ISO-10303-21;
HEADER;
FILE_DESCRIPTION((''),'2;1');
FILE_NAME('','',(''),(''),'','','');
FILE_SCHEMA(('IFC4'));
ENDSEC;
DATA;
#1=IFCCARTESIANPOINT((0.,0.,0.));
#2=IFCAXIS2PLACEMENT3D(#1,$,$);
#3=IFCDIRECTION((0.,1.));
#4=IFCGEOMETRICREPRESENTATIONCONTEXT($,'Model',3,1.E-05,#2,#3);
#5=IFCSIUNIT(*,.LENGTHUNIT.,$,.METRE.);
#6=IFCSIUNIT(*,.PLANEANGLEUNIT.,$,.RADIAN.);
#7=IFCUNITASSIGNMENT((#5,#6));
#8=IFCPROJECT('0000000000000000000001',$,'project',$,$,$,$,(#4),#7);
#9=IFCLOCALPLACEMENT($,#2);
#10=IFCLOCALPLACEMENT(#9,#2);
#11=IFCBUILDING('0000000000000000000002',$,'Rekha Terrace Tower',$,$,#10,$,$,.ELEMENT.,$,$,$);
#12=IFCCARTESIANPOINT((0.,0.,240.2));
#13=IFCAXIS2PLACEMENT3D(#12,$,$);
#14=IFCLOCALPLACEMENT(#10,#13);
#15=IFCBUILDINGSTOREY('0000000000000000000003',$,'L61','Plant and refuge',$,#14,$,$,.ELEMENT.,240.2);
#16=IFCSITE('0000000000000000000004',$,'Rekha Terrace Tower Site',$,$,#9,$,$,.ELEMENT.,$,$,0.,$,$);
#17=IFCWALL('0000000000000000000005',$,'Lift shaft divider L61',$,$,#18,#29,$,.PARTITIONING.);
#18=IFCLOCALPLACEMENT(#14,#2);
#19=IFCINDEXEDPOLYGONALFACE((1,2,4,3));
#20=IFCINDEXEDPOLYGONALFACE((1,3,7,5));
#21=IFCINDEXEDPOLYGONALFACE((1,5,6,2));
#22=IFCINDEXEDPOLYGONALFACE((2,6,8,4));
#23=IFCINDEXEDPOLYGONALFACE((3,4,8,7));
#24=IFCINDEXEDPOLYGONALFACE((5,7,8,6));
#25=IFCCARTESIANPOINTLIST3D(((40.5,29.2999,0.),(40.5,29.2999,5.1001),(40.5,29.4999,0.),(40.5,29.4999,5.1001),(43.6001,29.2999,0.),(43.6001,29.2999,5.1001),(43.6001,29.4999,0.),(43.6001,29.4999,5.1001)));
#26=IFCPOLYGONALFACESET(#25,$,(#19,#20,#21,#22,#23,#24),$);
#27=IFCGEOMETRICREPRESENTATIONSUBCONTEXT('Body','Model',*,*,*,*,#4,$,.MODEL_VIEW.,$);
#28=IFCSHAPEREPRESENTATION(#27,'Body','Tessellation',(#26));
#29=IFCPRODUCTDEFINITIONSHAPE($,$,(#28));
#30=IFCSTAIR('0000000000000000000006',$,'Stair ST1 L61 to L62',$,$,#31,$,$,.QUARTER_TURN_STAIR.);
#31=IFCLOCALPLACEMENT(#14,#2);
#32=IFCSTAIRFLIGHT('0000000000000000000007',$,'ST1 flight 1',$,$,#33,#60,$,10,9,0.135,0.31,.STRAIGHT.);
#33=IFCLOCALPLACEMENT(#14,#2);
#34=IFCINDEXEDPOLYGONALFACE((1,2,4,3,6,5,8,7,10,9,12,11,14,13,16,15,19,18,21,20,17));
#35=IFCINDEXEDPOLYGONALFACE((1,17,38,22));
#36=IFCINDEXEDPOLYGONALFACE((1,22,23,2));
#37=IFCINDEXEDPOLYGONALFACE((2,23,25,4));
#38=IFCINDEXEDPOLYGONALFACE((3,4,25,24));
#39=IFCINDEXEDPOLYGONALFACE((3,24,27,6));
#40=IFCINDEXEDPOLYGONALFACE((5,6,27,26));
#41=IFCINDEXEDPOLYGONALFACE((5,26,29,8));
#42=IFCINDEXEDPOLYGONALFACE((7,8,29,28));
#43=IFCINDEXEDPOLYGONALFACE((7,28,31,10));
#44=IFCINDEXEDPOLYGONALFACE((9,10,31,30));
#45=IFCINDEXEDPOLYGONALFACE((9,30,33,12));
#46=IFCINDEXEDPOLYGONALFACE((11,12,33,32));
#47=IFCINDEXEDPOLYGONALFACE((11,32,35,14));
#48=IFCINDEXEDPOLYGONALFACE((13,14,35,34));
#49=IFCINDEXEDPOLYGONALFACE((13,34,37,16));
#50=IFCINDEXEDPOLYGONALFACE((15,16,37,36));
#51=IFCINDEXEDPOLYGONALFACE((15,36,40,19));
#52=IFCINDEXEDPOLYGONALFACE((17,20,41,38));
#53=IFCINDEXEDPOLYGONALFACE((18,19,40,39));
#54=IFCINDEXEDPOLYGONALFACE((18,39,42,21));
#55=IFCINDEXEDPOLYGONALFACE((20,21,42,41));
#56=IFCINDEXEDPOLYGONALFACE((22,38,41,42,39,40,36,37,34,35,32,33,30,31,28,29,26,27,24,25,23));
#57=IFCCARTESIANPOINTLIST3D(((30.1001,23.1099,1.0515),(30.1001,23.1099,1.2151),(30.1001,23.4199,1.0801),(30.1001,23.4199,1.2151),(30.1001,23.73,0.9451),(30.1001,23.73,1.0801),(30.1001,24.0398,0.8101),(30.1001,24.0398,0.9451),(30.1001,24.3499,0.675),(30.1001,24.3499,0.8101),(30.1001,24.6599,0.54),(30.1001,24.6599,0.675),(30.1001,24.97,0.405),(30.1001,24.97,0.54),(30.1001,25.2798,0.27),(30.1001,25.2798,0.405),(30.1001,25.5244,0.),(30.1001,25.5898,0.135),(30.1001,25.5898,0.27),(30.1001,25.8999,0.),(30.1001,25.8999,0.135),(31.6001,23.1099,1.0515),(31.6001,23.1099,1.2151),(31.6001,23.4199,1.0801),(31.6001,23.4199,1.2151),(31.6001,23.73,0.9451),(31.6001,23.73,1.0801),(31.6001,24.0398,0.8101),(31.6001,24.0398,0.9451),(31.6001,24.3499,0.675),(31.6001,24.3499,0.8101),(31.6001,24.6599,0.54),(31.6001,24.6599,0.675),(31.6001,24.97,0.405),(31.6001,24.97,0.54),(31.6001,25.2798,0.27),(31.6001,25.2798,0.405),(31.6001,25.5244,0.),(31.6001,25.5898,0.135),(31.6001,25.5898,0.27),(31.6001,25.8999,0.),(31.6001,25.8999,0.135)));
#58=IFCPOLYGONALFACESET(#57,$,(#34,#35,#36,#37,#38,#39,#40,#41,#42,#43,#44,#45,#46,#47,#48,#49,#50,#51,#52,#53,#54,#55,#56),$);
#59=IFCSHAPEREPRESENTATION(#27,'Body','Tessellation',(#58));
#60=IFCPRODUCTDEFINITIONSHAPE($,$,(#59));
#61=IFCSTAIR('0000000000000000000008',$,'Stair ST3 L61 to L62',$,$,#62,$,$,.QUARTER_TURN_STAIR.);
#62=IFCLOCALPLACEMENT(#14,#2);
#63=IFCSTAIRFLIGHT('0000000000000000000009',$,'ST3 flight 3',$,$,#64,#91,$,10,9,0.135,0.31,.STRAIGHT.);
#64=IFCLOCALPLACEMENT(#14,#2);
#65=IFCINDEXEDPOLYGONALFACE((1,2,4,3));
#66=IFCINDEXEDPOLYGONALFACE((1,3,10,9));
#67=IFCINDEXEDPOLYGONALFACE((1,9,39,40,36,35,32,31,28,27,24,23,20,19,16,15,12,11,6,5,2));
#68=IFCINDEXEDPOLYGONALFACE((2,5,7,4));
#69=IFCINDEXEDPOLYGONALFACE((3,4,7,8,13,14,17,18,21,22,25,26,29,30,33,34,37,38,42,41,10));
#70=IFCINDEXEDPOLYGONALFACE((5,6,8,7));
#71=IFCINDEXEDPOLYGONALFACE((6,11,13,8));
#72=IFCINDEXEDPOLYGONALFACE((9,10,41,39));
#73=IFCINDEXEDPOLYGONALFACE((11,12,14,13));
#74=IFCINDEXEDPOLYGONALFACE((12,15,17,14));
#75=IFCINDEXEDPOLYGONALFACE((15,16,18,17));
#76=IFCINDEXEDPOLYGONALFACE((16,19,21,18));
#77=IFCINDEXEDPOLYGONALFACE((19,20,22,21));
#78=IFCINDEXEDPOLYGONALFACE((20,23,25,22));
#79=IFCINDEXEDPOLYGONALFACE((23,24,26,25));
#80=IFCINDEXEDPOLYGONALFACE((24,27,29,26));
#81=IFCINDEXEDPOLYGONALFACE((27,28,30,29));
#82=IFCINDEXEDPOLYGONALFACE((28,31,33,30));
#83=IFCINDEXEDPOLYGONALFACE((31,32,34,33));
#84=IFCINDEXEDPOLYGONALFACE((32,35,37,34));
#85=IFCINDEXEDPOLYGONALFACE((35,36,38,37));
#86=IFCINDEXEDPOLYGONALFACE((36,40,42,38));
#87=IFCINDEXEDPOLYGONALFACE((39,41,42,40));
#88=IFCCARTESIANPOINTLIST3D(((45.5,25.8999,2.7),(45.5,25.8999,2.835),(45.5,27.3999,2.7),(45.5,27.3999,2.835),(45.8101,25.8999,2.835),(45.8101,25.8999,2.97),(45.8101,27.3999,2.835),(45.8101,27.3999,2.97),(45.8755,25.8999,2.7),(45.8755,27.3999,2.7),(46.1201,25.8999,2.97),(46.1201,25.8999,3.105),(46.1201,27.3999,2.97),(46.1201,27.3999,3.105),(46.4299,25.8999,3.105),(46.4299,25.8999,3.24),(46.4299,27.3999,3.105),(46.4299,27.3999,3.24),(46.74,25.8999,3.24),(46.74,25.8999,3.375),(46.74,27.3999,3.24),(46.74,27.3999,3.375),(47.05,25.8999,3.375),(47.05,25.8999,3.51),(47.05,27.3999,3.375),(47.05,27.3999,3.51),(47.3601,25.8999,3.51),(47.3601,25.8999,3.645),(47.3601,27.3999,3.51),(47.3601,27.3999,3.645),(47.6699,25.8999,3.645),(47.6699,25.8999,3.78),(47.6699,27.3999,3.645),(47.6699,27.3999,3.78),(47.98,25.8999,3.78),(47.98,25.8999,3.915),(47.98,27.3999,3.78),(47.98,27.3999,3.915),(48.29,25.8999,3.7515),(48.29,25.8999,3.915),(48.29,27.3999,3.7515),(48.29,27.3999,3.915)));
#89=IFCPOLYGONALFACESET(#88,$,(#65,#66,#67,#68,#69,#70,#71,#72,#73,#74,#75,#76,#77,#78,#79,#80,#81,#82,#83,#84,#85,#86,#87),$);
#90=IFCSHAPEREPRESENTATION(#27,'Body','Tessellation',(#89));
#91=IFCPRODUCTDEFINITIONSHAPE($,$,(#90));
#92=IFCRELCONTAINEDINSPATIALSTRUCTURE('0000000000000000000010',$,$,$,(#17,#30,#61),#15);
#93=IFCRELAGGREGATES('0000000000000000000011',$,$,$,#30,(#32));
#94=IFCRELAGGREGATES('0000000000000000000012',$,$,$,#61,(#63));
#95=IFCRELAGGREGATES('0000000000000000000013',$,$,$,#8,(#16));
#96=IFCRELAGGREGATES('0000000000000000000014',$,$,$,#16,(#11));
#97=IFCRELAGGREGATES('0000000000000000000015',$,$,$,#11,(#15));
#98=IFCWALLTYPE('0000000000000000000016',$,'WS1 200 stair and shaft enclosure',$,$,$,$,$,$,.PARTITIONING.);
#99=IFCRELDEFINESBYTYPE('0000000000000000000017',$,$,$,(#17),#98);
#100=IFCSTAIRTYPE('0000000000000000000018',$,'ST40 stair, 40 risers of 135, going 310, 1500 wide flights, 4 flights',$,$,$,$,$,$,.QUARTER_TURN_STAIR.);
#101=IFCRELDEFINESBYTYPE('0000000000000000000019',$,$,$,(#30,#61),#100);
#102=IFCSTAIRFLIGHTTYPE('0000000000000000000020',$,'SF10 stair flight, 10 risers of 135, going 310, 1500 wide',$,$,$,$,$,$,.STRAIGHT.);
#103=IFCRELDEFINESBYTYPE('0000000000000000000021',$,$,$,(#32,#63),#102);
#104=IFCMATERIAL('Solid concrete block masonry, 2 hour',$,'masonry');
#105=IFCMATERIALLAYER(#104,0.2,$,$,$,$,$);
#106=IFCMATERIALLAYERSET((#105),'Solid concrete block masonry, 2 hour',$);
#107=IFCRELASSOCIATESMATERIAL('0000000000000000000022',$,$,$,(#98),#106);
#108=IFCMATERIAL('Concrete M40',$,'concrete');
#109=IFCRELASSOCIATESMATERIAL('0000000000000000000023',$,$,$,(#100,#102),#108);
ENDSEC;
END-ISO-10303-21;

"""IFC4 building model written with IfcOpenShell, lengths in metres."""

from ifc_helpers import new_model, si_unit, direction, frame, frame_2d, origin, place, context, subcontext, project, spatial, polyline, rectangle, outline, extrude, material, layer, layer_set, type_object, element, aggregate, save


model = new_model("IFC4")

# Units and contexts
model_context = context("Model", 3, precision=1e-05, world=origin(), true_north=direction((0.0, 1.0)))
body_context = subcontext(model_context, "Body", "Model", "MODEL_VIEW")
ifc_project = project(units=[si_unit("LENGTHUNIT", "METRE"), si_unit("PLANEANGLEUNIT", "RADIAN")], contexts=[model_context])

# Site, building, storey
site_placement = place(None, origin())
site = spatial("IfcSite", under=ifc_project, at=site_placement, Name="Rekha Terrace Tower Site", CompositionType="ELEMENT", RefElevation=0.0)
building_placement = place(site_placement, origin())
building = spatial("IfcBuilding", under=site, at=building_placement, Name="Rekha Terrace Tower", CompositionType="ELEMENT")
storey_placement = place(building_placement, frame((0.0, 0.0, 240.2)))
storey = spatial("IfcBuildingStorey", under=building, at=storey_placement, Name="L61", Description="Plant and refuge", CompositionType="ELEMENT", Elevation=240.2)

# Wall
ifc_material_1 = material(Name="Solid concrete block masonry, 2 hour", Category="masonry")
ifc_layer_1 = layer(ifc_material_1, 0.2)
ifc_layer_set_1 = layer_set([ifc_layer_1], Name="Solid concrete block masonry, 2 hour")
wall_type_1 = type_object("IfcWallType", Name="WS1 200 stair and shaft enclosure", PredefinedType="PARTITIONING", material=ifc_layer_set_1)
for number, where, z_axis, x_axis, name in (
    (1, (40.5, 29.3999, 0.0), (0.0, 0.0, 1.0), (1.0, 0.0, 0.0), "Lift shaft divider L61"),
):
    element("IfcWall", number, at=place(storey_placement, frame(where, z_axis=z_axis, x_axis=x_axis)), inside=storey, type_object=wall_type_1, Name=name, PredefinedType="PARTITIONING", context=body_context, shape_type="SweptSolid", body=[
        extrude(rectangle(XDim=3.1001, YDim=0.2, at=frame_2d((1.55, 0.0))), origin(), (0.0, 0.0, 1.0), 5.1001),
    ])

# Stairs, stair flights
ifc_material_2 = material(Name="Concrete M40", Category="concrete")
stair_type = type_object("IfcStairType", Name="ST40 stair, 40 risers of 135, going 310, 1500 wide flights, 4 flights", PredefinedType="QUARTER_TURN_STAIR", material=ifc_material_2)
stair_1_placement = place(storey_placement, origin())
stair_1 = element("IfcStair", 2, at=stair_1_placement, inside=storey, type_object=stair_type, Name="Stair ST1 L61 to L62", PredefinedType="QUARTER_TURN_STAIR")
stair_flight_type = type_object("IfcStairFlightType", Name="SF10 stair flight, 10 risers of 135, going 310, 1500 wide", PredefinedType="STRAIGHT", material=ifc_material_2)
stair_flight_1_placement = place(storey_placement, frame((30.8501, 25.8999, 0.0), z_axis=(0.0, 0.0, 1.0), x_axis=(0.0, -1.0, 0.0)))
stair_flight_1 = element("IfcStairFlight", 3, at=stair_flight_1_placement, type_object=stair_flight_type, Name="ST1 flight 1", NumberOfRisers=10, NumberOfTreads=9, PredefinedType="STRAIGHT", RiserHeight=0.135, TreadLength=0.31, context=body_context, shape_type="SweptSolid", body=[
    extrude(outline(polyline([(0.0, 0.0), (0.0, 0.135), (0.3101, 0.135), (0.3101, 0.27), (0.6201, 0.27), (0.6201, 0.405), (0.9299, 0.405), (0.9299, 0.54), (1.24, 0.54), (1.24, 0.675), (1.55, 0.675), (1.55, 0.8101), (1.8601, 0.8101), (1.8601, 0.9451), (2.1699, 0.9451), (2.1699, 1.0801), (2.48, 1.0801), (2.48, 1.2151), (2.79, 1.2151), (2.79, 1.3501), (2.79, 1.0515), (0.3755, 0.0), (0.0, 0.0)])), frame((0.0, 0.75, 0.0), z_axis=(0.0, -1.0, 0.0), x_axis=(1.0, 0.0, 0.0)), (0.0, 0.0, 1.0), 1.5),
])
aggregate(stair_1, [stair_flight_1])
stair_2_placement = place(storey_placement, origin())
stair_2 = element("IfcStair", 4, at=stair_2_placement, inside=storey, type_object=stair_type, Name="Stair ST3 L61 to L62", PredefinedType="QUARTER_TURN_STAIR")
stair_flight_2_placement = place(storey_placement, frame((45.5, 26.6499, 2.7), z_axis=(0.0, 0.0, 1.0), x_axis=(1.0, 0.0, 0.0)))
stair_flight_2 = element("IfcStairFlight", 5, at=stair_flight_2_placement, type_object=stair_flight_type, Name="ST3 flight 3", NumberOfRisers=10, NumberOfTreads=9, PredefinedType="STRAIGHT", RiserHeight=0.135, TreadLength=0.31, context=body_context, shape_type="SweptSolid", body=[
    extrude(outline(polyline([(0.0, 0.0), (0.0, 0.135), (0.3101, 0.135), (0.3101, 0.27), (0.6201, 0.27), (0.6201, 0.405), (0.9299, 0.405), (0.9299, 0.54), (1.24, 0.54), (1.24, 0.675), (1.55, 0.675), (1.55, 0.8101), (1.8601, 0.8101), (1.8601, 0.9451), (2.1699, 0.9451), (2.1699, 1.0801), (2.48, 1.0801), (2.48, 1.2151), (2.79, 1.2151), (2.79, 1.3501), (2.79, 1.0515), (0.3755, 0.0), (0.0, 0.0)])), frame((0.0, 0.75, 0.0), z_axis=(0.0, -1.0, 0.0), x_axis=(1.0, 0.0, 0.0)), (0.0, 0.0, 1.0), 1.5),
])
aggregate(stair_2, [stair_flight_2])

save(model, "model.ifc")
